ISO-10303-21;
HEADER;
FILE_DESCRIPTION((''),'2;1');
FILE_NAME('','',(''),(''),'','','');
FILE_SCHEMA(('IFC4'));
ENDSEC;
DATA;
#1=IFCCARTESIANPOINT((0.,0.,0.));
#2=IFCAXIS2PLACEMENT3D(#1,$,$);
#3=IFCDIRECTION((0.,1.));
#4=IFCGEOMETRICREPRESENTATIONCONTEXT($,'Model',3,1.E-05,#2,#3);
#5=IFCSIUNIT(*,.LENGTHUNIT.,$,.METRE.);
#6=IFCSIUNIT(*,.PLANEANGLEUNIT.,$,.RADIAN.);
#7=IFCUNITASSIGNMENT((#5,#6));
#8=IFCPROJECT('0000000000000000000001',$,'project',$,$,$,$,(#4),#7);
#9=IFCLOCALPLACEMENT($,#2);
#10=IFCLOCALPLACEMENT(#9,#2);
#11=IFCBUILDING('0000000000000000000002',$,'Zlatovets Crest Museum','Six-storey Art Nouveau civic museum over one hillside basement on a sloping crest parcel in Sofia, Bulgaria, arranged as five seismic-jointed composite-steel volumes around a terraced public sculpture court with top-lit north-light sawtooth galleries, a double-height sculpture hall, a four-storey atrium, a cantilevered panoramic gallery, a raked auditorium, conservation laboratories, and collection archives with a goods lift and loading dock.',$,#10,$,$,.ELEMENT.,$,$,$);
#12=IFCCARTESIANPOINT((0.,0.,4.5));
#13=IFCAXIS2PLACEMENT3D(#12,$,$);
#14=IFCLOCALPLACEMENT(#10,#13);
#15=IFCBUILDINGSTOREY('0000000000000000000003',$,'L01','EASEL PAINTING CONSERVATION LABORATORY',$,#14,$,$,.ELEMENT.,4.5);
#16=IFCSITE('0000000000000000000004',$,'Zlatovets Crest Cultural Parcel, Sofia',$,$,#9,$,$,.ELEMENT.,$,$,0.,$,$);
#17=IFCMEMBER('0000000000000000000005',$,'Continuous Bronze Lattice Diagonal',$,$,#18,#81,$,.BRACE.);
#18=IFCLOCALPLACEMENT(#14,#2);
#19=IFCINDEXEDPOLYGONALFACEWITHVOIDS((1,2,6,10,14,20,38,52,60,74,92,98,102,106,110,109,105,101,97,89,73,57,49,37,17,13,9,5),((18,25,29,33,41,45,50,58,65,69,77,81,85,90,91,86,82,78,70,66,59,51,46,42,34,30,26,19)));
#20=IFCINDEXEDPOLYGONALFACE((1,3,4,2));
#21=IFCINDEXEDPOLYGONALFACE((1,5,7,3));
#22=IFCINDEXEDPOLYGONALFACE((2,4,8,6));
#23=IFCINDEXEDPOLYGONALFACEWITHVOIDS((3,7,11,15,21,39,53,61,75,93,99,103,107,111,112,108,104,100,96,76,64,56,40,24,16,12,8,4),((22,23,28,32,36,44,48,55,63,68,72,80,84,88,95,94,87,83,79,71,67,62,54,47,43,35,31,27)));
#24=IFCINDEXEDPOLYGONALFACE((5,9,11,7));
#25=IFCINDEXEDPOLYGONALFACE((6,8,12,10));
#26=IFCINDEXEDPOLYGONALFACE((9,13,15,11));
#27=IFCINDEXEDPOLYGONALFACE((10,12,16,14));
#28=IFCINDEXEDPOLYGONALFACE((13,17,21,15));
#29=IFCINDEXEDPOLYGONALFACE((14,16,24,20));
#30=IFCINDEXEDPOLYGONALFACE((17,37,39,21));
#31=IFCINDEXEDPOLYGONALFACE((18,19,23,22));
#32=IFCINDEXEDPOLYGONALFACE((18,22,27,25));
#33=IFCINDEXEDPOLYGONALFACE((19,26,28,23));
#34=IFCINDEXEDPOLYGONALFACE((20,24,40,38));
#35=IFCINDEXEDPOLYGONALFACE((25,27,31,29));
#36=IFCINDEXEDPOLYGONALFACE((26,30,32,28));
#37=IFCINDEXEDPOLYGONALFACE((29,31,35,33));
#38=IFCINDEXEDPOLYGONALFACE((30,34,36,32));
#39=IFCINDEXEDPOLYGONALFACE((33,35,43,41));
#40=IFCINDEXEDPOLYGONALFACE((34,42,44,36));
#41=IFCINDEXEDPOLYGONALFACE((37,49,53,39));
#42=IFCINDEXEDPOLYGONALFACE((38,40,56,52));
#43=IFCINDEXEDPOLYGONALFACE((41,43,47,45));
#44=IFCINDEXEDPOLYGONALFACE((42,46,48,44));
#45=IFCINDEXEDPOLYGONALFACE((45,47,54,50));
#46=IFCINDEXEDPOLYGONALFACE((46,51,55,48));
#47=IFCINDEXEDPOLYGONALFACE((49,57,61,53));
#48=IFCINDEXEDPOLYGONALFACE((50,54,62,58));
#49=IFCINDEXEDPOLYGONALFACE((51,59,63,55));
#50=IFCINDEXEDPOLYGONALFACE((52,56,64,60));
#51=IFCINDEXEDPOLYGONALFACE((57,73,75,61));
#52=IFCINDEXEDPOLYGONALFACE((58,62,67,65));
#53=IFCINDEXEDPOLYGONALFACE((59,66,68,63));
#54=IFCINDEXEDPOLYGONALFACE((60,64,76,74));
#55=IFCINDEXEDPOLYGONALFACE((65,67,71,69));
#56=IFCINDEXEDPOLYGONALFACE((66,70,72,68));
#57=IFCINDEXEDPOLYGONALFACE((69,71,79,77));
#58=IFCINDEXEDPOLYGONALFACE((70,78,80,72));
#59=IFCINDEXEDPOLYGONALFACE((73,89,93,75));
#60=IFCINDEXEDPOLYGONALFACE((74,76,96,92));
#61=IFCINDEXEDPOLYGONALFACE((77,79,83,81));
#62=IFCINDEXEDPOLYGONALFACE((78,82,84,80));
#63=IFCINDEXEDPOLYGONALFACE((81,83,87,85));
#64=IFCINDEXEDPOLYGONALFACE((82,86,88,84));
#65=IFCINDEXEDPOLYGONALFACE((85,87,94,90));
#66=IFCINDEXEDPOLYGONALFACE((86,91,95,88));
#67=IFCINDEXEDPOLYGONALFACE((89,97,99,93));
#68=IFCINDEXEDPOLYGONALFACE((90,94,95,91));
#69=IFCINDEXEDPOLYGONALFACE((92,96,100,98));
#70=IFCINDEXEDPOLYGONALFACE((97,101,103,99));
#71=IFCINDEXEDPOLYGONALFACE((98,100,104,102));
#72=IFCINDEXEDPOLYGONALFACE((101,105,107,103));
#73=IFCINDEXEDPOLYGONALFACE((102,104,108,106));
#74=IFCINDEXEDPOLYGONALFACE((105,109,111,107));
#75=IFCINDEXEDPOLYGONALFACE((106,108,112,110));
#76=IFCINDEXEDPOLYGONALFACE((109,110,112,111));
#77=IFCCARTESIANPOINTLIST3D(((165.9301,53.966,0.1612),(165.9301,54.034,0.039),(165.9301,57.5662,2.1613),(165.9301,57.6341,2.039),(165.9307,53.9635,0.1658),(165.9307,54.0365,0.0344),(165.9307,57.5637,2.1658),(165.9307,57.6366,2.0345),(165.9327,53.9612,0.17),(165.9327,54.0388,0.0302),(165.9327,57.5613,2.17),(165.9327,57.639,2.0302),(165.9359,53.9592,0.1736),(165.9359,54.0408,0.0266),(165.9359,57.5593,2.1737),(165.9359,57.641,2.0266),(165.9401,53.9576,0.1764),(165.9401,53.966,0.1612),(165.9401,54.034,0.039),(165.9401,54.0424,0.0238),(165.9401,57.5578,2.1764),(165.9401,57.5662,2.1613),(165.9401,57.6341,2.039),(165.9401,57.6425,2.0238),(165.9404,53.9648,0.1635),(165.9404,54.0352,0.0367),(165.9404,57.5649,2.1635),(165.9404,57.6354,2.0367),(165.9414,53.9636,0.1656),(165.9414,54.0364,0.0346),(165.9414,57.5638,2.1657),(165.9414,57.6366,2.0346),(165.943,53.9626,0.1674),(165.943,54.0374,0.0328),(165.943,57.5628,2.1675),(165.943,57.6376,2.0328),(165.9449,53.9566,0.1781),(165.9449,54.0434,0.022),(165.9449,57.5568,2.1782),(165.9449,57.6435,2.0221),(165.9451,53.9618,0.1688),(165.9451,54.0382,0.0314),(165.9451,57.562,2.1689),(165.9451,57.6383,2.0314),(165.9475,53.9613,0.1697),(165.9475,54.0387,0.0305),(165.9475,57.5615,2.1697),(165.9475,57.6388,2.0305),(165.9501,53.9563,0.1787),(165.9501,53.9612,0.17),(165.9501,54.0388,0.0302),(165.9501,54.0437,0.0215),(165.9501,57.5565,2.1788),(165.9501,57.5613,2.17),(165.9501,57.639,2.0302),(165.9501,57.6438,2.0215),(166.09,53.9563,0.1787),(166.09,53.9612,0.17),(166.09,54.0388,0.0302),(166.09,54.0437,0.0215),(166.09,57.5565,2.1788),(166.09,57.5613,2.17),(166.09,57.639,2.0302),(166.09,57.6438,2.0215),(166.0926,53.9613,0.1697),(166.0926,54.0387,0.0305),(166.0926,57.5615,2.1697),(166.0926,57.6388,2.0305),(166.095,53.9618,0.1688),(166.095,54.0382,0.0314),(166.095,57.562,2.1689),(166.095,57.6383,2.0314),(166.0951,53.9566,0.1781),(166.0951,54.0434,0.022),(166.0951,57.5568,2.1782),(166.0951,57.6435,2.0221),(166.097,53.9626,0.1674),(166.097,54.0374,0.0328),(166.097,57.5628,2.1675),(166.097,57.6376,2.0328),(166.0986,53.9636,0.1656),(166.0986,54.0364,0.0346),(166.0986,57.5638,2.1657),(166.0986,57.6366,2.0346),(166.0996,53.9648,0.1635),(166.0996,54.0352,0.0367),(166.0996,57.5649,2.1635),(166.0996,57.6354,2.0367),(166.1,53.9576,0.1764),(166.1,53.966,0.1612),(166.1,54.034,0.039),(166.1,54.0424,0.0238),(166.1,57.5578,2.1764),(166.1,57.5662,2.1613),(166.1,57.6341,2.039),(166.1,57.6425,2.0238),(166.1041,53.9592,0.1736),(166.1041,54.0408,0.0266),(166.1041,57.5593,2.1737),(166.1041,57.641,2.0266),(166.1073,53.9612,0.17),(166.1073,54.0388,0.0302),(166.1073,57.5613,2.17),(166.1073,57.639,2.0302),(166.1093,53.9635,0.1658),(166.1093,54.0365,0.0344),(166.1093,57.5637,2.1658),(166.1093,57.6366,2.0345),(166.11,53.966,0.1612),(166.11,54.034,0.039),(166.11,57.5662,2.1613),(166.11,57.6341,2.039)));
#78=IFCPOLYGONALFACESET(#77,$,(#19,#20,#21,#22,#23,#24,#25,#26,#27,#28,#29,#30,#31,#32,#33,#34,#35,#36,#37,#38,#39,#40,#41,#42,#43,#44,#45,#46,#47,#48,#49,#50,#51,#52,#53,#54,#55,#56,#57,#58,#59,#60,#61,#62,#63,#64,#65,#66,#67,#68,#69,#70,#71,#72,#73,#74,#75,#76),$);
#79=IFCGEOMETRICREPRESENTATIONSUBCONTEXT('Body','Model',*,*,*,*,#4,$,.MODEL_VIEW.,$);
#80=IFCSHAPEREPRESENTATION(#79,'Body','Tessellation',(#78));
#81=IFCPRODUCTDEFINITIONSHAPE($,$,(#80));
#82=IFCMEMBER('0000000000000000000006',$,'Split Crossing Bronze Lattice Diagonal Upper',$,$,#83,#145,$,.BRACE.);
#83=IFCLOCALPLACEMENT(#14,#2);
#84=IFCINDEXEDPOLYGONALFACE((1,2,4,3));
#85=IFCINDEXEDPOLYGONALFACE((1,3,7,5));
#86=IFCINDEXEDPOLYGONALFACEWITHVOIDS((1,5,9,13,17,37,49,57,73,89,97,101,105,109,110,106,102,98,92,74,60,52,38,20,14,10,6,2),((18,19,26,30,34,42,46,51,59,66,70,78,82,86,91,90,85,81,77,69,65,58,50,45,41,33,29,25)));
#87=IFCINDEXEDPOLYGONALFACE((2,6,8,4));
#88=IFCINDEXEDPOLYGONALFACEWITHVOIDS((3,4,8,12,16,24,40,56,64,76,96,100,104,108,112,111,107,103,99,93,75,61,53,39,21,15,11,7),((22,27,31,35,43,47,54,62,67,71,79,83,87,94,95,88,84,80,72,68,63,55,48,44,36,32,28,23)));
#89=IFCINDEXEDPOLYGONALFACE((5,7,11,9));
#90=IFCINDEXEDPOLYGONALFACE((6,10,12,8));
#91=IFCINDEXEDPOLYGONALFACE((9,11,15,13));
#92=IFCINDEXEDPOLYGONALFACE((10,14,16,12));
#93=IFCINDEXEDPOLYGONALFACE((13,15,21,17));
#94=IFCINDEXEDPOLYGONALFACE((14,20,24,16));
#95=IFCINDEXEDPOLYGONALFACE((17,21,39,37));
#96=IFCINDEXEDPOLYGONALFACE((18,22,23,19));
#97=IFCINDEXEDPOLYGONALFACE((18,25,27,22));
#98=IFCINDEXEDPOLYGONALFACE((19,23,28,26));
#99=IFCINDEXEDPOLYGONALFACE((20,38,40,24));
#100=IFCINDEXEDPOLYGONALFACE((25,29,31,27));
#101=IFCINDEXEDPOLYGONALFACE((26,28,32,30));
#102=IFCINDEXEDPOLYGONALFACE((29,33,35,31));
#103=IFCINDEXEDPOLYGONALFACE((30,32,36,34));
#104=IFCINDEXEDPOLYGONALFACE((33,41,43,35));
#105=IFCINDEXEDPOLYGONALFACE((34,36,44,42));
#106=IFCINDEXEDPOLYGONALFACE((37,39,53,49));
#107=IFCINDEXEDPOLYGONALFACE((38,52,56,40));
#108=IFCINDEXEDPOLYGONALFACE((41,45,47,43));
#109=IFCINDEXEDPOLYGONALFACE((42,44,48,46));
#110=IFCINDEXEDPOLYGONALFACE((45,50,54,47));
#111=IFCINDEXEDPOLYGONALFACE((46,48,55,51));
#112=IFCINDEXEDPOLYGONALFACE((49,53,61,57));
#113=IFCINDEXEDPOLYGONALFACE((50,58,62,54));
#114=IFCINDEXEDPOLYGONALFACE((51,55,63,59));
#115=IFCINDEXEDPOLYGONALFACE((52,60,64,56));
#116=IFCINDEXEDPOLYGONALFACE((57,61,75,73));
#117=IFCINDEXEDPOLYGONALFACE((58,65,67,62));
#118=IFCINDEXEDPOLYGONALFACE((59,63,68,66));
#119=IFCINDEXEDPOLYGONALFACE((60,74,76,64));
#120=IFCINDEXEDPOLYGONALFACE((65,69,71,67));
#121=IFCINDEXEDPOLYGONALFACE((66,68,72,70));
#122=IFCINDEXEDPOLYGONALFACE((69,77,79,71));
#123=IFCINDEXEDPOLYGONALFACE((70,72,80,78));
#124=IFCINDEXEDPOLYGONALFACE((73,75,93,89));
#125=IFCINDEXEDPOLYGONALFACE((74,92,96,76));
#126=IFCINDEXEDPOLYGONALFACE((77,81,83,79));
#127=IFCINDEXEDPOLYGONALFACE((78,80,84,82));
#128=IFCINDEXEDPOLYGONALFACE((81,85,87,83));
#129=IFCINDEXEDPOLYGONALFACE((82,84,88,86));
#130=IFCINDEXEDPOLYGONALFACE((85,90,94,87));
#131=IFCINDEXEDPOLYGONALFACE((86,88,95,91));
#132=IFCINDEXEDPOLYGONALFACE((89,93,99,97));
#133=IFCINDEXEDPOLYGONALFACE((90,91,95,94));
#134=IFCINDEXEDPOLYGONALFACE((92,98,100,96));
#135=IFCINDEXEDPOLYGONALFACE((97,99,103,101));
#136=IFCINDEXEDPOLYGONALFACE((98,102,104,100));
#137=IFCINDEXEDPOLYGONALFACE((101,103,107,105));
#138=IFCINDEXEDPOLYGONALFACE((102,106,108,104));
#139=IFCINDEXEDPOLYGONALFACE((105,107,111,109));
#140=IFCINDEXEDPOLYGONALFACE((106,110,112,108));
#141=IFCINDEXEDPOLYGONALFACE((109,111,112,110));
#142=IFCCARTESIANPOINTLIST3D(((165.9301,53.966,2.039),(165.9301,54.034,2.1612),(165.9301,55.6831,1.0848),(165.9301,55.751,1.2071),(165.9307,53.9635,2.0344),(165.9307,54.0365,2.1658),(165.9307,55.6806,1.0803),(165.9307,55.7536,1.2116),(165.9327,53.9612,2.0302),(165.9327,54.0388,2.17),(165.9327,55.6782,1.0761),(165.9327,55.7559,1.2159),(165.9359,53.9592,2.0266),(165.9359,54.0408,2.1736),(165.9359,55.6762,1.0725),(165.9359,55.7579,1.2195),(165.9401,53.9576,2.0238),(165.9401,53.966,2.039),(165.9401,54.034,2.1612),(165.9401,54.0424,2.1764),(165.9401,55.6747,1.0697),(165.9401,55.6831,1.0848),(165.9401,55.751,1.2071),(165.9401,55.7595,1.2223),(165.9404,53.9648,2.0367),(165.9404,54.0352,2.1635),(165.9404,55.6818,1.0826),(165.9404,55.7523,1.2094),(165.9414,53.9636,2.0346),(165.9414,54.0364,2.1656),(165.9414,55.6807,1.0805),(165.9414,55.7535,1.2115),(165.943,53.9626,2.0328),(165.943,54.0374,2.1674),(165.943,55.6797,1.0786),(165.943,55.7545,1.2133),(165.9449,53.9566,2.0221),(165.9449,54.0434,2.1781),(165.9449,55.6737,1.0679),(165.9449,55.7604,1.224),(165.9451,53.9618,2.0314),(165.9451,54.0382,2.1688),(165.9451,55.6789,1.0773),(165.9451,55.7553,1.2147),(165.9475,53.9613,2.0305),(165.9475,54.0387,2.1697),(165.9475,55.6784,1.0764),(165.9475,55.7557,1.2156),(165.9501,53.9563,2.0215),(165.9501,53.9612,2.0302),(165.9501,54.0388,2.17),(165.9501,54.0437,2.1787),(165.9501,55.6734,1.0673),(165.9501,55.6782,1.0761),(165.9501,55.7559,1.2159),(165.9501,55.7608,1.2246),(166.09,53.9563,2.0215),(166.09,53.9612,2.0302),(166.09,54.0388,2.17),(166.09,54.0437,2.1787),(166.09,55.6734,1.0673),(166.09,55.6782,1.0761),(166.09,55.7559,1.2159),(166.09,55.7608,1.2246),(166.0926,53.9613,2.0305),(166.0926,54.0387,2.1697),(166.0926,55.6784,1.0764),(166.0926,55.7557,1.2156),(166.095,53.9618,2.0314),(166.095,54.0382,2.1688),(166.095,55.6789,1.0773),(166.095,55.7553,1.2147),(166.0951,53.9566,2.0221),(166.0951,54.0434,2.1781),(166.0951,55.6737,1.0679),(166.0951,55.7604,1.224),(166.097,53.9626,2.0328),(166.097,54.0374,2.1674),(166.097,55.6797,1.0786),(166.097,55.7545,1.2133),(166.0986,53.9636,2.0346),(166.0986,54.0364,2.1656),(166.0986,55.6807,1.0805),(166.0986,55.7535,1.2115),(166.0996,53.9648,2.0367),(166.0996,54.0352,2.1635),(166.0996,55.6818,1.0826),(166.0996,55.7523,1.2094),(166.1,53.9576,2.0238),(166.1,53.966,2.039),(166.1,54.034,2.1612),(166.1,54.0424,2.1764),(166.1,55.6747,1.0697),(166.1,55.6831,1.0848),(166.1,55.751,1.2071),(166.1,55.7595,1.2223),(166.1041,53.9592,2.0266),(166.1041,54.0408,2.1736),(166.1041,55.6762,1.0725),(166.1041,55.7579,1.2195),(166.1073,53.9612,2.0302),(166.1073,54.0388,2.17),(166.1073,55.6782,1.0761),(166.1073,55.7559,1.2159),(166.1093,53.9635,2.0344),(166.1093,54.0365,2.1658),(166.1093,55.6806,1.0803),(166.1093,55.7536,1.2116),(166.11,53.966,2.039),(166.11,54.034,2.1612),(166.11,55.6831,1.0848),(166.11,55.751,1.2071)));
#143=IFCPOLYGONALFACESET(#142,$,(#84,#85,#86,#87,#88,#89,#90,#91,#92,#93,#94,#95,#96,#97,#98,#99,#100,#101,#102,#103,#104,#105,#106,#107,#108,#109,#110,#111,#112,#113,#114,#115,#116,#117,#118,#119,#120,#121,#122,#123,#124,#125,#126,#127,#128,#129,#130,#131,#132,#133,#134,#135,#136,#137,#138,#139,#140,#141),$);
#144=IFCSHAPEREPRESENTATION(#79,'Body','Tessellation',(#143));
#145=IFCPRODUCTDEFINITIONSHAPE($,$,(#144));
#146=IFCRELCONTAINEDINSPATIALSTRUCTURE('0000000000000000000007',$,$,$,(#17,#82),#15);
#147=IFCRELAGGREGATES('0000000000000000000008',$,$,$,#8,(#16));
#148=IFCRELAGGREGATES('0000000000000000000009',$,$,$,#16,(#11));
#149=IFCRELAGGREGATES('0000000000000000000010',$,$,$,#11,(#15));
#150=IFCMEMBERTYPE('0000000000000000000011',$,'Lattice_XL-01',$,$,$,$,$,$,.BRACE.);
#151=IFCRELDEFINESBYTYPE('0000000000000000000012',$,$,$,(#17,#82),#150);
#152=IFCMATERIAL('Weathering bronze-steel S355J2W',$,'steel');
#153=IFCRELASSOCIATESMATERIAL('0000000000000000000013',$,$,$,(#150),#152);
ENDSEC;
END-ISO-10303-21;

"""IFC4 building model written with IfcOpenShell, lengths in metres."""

from ifc_helpers import new_model, si_unit, direction, frame, origin, origin_2d, place, context, subcontext, project, spatial, hollow_rectangle, extrude, material, material_profile, profile_set, type_object, element, save


model = new_model("IFC4")

# Units and contexts
model_context = context("Model", 3, precision=1e-05, world=origin(), true_north=direction((0.0, 1.0)))
body_context = subcontext(model_context, "Body", "Model", "MODEL_VIEW")
ifc_project = project(units=[si_unit("LENGTHUNIT", "METRE"), si_unit("PLANEANGLEUNIT", "RADIAN")], contexts=[model_context])

# Site, building, storey
site_placement = place(None, origin())
site = spatial("IfcSite", under=ifc_project, at=site_placement, Name="Zlatovets Crest Cultural Parcel, Sofia", CompositionType="ELEMENT", RefElevation=0.0)
building_placement = place(site_placement, origin())
building = spatial("IfcBuilding", under=site, at=building_placement, Name="Zlatovets Crest Museum", Description="Six-storey Art Nouveau civic museum over one hillside basement on a sloping crest parcel in Sofia, Bulgaria, arranged as five seismic-jointed composite-steel volumes around a terraced public sculpture court with top-lit north-light sawtooth galleries, a double-height sculpture hall, a four-storey atrium, a cantilevered panoramic gallery, a raked auditorium, conservation laboratories, and collection archives with a goods lift and loading dock.", CompositionType="ELEMENT")
storey_placement = place(building_placement, frame((0.0, 0.0, 4.5)))
storey = spatial("IfcBuildingStorey", under=building, at=storey_placement, Name="L01", Description="EASEL PAINTING CONSERVATION LABORATORY", CompositionType="ELEMENT", Elevation=4.5)

# Members
ifc_material_1 = material(Name="Weathering bronze-steel S355J2W", Category="steel")
ifc_material_profile_1 = material_profile(ifc_material_1, hollow_rectangle(XDim=0.1799, YDim=0.1799, WallThickness=0.01, InnerFilletRadius=0.01, OuterFilletRadius=0.02, at=origin_2d()), Name="SHS 180x180x10.0")
ifc_profile_set_1 = profile_set([ifc_material_profile_1], Name="Weathering bronze-steel S355J2W")
member_type_1 = type_object("IfcMemberType", Name="Lattice_XL-01", PredefinedType="BRACE", material=ifc_profile_set_1)
member_1_placement = place(storey_placement, frame((166.02, 54.0, 0.1001), z_axis=(0.0, 0.874163, 0.485633), x_axis=(-1.0, 0.0, 0.0)))
element("IfcMember", 1, at=member_1_placement, inside=storey, type_object=member_type_1, Name="Continuous Bronze Lattice Diagonal", PredefinedType="BRACE", context=body_context, shape_type="SweptSolid", body=[
    extrude(hollow_rectangle(XDim=0.1799, YDim=0.1799, WallThickness=0.01, InnerFilletRadius=0.01, OuterFilletRadius=0.02, at=origin_2d()), origin(), (0.0, 0.0, 1.0), 4.1184),
])
member_2_placement = place(storey_placement, frame((166.02, 54.0, 2.1001), z_axis=(0.0, 0.874116, -0.485717), x_axis=(-1.0, 0.0, 0.0)))
element("IfcMember", 2, at=member_2_placement, inside=storey, type_object=member_type_1, Name="Split Crossing Bronze Lattice Diagonal Upper", PredefinedType="BRACE", context=body_context, shape_type="SweptSolid", body=[
    extrude(hollow_rectangle(XDim=0.1799, YDim=0.1799, WallThickness=0.01, InnerFilletRadius=0.01, OuterFilletRadius=0.02, at=origin_2d()), origin(), (0.0, 0.0, 1.0), 1.9644),
])

save(model, "model.ifc")
